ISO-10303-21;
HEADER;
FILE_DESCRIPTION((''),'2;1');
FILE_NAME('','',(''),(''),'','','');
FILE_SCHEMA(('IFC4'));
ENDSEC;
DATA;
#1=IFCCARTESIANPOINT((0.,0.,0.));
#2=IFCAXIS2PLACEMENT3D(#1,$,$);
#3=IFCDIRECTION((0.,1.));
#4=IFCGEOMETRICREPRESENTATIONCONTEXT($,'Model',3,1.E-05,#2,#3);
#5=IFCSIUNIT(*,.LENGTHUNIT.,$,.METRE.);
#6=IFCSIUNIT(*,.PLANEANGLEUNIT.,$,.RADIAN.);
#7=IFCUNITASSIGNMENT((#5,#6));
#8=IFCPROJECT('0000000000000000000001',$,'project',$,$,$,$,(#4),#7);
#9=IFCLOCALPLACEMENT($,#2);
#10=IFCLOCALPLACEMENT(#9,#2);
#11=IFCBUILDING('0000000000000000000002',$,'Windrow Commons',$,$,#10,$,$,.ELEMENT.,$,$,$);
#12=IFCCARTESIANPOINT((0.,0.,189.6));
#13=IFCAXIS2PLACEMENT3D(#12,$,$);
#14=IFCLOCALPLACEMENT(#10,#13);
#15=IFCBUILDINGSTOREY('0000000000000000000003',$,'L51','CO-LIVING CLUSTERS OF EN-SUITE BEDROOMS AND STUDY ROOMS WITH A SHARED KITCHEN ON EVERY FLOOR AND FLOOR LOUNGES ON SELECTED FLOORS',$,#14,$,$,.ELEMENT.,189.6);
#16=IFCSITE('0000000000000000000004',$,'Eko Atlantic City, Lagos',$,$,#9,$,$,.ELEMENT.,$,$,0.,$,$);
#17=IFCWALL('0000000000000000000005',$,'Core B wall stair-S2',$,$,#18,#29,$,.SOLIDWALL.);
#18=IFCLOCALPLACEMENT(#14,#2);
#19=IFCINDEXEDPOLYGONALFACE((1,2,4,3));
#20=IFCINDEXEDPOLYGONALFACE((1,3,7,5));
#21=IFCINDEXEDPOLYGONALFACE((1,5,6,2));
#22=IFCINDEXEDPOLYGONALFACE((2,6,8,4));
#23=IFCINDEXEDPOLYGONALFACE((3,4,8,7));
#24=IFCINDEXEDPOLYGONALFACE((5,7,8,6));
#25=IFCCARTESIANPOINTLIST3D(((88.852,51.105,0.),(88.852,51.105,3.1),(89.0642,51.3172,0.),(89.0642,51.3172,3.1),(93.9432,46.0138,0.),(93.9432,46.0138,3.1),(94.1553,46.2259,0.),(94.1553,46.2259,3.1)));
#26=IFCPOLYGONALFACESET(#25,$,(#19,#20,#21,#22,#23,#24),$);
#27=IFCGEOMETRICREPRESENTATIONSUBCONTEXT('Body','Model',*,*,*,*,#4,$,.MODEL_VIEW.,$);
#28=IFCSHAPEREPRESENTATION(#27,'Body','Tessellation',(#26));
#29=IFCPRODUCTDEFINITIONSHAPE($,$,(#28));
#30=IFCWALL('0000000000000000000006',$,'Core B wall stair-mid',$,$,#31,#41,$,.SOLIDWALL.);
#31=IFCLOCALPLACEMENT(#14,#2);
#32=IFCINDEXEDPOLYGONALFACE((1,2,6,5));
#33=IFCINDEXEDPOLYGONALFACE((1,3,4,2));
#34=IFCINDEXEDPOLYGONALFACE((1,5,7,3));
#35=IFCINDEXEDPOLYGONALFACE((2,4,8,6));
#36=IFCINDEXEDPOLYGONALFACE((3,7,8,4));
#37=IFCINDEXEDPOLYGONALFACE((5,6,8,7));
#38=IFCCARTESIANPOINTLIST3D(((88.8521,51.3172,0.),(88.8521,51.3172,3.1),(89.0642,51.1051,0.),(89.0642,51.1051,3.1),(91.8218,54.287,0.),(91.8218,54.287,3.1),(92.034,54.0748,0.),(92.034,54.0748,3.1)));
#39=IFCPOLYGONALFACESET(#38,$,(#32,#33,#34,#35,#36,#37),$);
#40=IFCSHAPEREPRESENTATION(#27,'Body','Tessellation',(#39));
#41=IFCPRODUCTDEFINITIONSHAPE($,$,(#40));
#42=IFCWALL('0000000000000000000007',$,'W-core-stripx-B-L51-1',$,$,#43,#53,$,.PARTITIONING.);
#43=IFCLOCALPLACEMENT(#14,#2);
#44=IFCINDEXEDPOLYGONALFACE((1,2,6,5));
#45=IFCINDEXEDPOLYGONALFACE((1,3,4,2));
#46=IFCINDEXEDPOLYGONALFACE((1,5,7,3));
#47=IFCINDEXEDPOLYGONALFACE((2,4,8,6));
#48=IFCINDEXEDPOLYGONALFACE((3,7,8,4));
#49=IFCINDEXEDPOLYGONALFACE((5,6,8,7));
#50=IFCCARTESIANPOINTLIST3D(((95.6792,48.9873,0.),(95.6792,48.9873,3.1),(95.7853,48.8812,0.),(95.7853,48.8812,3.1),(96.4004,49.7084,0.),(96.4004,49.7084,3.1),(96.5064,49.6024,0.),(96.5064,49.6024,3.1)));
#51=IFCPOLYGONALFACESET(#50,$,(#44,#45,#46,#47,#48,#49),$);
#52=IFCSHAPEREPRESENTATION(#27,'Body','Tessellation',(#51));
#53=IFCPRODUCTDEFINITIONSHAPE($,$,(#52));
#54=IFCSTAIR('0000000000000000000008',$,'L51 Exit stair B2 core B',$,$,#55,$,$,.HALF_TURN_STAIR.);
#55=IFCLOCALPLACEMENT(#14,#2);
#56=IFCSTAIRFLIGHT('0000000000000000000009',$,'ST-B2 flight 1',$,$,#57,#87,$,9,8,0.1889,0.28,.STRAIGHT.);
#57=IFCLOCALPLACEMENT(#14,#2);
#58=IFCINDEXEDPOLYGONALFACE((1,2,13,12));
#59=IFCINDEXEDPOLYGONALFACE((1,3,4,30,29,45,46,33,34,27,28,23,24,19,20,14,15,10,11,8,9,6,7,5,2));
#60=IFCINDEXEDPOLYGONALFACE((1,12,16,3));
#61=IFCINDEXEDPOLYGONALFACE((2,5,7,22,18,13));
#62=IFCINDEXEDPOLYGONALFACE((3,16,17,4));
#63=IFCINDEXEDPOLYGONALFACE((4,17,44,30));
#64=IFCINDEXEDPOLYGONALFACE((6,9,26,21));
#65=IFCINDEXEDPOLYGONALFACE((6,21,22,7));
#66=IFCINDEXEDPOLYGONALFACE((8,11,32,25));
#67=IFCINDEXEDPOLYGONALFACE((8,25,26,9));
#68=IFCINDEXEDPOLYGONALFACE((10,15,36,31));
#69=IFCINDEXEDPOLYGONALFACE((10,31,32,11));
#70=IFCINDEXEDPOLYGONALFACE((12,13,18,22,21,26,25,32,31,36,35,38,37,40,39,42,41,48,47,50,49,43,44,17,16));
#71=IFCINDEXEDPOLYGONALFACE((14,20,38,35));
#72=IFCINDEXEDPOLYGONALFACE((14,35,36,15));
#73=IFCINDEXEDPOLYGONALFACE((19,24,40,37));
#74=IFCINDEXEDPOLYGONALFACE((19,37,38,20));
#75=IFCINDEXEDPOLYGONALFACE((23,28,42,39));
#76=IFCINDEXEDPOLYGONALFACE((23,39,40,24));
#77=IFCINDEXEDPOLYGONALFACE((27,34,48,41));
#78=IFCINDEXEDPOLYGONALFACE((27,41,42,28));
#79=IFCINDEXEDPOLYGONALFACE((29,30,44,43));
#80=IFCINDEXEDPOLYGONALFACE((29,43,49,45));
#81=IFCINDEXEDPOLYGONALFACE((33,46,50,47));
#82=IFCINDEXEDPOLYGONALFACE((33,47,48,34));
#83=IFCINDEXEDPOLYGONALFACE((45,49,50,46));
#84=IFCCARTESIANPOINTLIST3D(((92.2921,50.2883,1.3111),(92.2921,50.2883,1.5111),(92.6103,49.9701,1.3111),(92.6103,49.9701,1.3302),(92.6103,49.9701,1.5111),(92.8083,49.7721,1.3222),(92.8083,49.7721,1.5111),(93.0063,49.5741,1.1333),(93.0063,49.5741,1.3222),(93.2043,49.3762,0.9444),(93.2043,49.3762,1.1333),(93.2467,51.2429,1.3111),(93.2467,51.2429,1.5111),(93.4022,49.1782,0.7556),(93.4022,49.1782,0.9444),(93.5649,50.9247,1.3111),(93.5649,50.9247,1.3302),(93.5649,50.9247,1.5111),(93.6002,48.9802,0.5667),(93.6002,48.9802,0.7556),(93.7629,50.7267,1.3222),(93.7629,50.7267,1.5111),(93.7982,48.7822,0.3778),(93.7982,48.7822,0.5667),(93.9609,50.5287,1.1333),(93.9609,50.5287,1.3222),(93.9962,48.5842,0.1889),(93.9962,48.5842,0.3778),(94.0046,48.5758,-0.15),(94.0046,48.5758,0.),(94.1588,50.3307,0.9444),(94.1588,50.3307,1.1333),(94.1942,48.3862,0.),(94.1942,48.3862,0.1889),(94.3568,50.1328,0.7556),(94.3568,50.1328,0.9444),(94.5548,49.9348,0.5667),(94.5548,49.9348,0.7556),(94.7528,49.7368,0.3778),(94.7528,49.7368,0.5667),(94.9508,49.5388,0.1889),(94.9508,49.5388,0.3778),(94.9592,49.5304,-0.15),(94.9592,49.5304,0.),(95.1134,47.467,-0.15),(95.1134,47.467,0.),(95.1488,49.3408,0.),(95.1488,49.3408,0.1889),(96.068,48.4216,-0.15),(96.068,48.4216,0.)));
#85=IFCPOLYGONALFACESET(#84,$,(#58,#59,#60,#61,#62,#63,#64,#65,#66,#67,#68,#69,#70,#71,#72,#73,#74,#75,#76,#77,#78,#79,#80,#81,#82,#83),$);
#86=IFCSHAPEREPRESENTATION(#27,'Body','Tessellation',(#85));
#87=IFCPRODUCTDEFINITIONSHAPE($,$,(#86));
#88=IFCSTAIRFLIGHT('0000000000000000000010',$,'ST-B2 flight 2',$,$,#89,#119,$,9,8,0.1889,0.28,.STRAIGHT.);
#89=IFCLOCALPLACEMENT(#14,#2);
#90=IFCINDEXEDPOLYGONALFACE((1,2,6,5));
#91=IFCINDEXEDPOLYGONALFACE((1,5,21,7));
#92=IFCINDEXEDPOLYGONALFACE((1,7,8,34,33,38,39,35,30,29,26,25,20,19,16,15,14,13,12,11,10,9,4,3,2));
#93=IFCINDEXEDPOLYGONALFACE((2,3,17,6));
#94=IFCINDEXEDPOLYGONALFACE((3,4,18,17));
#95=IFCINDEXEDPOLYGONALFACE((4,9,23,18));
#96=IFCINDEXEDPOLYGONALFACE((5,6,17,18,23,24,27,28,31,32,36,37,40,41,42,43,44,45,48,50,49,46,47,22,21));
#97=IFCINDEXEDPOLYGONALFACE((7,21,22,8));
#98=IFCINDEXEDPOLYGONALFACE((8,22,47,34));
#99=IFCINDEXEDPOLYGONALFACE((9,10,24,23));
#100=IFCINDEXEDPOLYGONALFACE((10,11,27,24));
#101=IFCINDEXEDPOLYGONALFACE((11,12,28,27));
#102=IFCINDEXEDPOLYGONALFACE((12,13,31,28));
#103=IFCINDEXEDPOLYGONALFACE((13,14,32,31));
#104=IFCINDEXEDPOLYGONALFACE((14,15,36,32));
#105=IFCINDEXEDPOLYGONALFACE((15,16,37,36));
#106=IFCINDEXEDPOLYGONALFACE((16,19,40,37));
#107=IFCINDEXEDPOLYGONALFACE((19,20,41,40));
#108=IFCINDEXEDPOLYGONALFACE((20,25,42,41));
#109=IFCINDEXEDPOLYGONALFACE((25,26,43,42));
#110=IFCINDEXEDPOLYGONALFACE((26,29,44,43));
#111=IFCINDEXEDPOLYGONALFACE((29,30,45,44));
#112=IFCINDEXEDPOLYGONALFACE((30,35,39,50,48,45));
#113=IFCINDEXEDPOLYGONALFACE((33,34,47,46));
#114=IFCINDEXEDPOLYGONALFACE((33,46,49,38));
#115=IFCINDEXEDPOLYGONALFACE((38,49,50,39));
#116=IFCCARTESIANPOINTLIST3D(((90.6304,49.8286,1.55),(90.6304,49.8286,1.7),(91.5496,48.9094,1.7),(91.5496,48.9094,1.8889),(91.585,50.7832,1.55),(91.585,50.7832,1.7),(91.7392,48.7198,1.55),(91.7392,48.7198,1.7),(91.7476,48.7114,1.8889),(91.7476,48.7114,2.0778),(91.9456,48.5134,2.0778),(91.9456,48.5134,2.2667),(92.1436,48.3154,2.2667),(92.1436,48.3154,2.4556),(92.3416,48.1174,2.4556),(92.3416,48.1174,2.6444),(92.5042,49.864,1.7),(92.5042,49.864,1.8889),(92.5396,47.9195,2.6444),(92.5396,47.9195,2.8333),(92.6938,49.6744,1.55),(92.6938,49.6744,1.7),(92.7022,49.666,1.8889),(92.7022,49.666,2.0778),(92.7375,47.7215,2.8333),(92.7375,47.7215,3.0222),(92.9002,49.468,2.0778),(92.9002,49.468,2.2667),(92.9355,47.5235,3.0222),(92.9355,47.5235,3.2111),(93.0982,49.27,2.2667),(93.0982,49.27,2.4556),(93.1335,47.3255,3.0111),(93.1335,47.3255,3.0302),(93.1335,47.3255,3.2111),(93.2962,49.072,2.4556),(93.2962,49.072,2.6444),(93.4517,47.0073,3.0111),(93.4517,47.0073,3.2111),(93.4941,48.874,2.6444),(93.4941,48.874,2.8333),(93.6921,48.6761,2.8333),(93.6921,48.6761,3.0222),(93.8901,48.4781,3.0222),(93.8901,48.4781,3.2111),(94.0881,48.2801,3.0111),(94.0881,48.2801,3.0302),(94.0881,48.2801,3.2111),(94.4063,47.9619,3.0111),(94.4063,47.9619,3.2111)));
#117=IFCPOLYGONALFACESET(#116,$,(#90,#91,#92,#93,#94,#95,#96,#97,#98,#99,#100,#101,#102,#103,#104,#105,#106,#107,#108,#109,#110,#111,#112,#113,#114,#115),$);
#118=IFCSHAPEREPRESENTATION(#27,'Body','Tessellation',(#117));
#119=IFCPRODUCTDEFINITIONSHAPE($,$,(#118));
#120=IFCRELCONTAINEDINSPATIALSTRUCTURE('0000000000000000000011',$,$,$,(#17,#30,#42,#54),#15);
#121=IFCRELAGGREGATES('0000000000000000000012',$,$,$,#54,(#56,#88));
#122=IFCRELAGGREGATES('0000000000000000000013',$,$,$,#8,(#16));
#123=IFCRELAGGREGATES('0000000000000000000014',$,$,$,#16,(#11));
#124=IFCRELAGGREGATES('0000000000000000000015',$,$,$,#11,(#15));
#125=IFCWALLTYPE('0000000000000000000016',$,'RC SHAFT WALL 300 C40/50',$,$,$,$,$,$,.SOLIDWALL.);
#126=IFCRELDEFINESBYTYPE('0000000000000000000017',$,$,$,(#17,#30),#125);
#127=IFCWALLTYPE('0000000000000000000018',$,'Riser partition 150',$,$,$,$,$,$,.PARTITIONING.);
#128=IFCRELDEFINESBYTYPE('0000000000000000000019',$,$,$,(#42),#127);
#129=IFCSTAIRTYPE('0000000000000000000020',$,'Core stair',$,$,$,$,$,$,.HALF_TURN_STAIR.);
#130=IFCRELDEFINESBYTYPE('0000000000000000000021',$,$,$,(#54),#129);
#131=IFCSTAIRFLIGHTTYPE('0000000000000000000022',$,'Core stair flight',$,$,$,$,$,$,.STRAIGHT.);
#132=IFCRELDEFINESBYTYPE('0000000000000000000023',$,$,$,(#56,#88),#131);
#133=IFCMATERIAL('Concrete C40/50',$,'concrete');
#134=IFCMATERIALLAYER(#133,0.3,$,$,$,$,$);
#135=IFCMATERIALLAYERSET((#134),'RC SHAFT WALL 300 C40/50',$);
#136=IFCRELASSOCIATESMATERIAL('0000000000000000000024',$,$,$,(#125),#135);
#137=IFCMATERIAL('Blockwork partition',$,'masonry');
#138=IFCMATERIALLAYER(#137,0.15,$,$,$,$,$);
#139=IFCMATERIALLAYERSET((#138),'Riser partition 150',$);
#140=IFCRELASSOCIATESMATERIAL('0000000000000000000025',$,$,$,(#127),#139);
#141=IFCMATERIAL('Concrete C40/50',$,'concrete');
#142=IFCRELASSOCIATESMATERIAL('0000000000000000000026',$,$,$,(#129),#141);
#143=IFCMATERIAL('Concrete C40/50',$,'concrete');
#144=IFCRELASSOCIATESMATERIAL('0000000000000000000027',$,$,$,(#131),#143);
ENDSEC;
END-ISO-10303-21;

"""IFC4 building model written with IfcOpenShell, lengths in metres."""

from ifc_helpers import new_model, si_unit, direction, frame, frame_2d, origin, place, context, subcontext, project, spatial, polyline, rectangle, outline, extrude, material, layer, layer_set, type_object, element, aggregate, save


model = new_model("IFC4")

# Units and contexts
model_context = context("Model", 3, precision=1e-05, world=origin(), true_north=direction((0.0, 1.0)))
body_context = subcontext(model_context, "Body", "Model", "MODEL_VIEW")
ifc_project = project(units=[si_unit("LENGTHUNIT", "METRE"), si_unit("PLANEANGLEUNIT", "RADIAN")], contexts=[model_context])

# Site, building, storey
site_placement = place(None, origin())
site = spatial("IfcSite", under=ifc_project, at=site_placement, Name="Eko Atlantic City, Lagos", CompositionType="ELEMENT", RefElevation=0.0)
building_placement = place(site_placement, origin())
building = spatial("IfcBuilding", under=site, at=building_placement, Name="Windrow Commons", CompositionType="ELEMENT")
storey_placement = place(building_placement, frame((0.0, 0.0, 189.6)))
storey = spatial("IfcBuildingStorey", under=building, at=storey_placement, Name="L51", Description="CO-LIVING CLUSTERS OF EN-SUITE BEDROOMS AND STUDY ROOMS WITH A SHARED KITCHEN ON EVERY FLOOR AND FLOOR LOUNGES ON SELECTED FLOORS", CompositionType="ELEMENT", Elevation=189.6)

# Walls
ifc_material_1 = material(Name="Concrete C40/50", Category="concrete")
ifc_layer_1 = layer(ifc_material_1, 0.3)
ifc_layer_set_1 = layer_set([ifc_layer_1], Name="RC SHAFT WALL 300 C40/50")
wall_type_1 = type_object("IfcWallType", Name="RC SHAFT WALL 300 C40/50", PredefinedType="SOLIDWALL", material=ifc_layer_set_1)
wall_1_placement = place(storey_placement, frame((88.9581, 51.2111, 0.0), z_axis=(0.0, 0.0, 1.0), x_axis=(0.7071, -0.707114, 0.0)))
element("IfcWall", 1, at=wall_1_placement, inside=storey, type_object=wall_type_1, Name="Core B wall stair-S2", PredefinedType="SOLIDWALL", context=body_context, shape_type="SweptSolid", body=[
    extrude(rectangle(XDim=7.2, YDim=0.3, at=frame_2d((3.6, 0.0))), origin(), (0.0, 0.0, 1.0), 3.1),
])
wall_2_placement = place(storey_placement, frame((88.9581, 51.2111, 0.0), z_axis=(0.0, 0.0, 1.0), x_axis=(0.707107, 0.707107, 0.0)))
element("IfcWall", 2, at=wall_2_placement, inside=storey, type_object=wall_type_1, Name="Core B wall stair-mid", PredefinedType="SOLIDWALL", context=body_context, shape_type="SweptSolid", body=[
    extrude(rectangle(XDim=4.1999, YDim=0.3, at=frame_2d((2.1, 0.0))), origin(), (0.0, 0.0, 1.0), 3.1),
])
ifc_material_2 = material(Name="Blockwork partition", Category="masonry")
ifc_layer_2 = layer(ifc_material_2, 0.15)
ifc_layer_set_2 = layer_set([ifc_layer_2], Name="Riser partition 150")
wall_type_2 = type_object("IfcWallType", Name="Riser partition 150", PredefinedType="PARTITIONING", material=ifc_layer_set_2)
wall_3_placement = place(storey_placement, frame((95.7322, 48.9342, 0.0), z_axis=(0.0, 0.0, 1.0), x_axis=(0.707107, 0.707107, 0.0)))
element("IfcWall", 3, at=wall_3_placement, inside=storey, type_object=wall_type_2, Name="W-core-stripx-B-L51-1", PredefinedType="PARTITIONING", context=body_context, shape_type="SweptSolid", body=[
    extrude(rectangle(XDim=1.0199, YDim=0.15, at=frame_2d((0.51, 0.0))), origin(), (0.0, 0.0, 1.0), 3.1),
])

# Stair, stair flights
ifc_material_3 = material(Name="Concrete C40/50", Category="concrete")
stair_type = type_object("IfcStairType", Name="Core stair", PredefinedType="HALF_TURN_STAIR", material=ifc_material_3)
stair_placement = place(storey_placement, origin())
stair = element("IfcStair", 4, at=stair_placement, inside=storey, type_object=stair_type, Name="L51 Exit stair B2 core B", PredefinedType="HALF_TURN_STAIR")
ifc_material_4 = material(Name="Concrete C40/50", Category="concrete")
stair_flight_type = type_object("IfcStairFlightType", Name="Core stair flight", PredefinedType="STRAIGHT", material=ifc_material_4)
stair_flight_1_placement = place(storey_placement, frame((94.6715, 48.8635, 0.0), z_axis=(0.0, 0.0, 1.0), x_axis=(-0.707107, 0.707107, 0.0)))
stair_flight_1 = element("IfcStairFlight", 5, at=stair_flight_1_placement, type_object=stair_flight_type, Name="ST-B2 flight 1", NumberOfRisers=9, NumberOfTreads=8, PredefinedType="STRAIGHT", RiserHeight=0.1889, TreadLength=0.28, context=body_context, shape_type="SweptSolid", body=[
    extrude(outline(polyline([(-1.3, -0.15), (-1.3, 0.0), (0.0, 0.0), (0.0, 0.1889), (0.28, 0.1889), (0.28, 0.3778), (0.56, 0.3778), (0.56, 0.5667), (0.84, 0.5667), (0.84, 0.7556), (1.12, 0.7556), (1.12, 0.9444), (1.4, 0.9444), (1.4, 1.1333), (1.68, 1.1333), (1.68, 1.3222), (1.96, 1.3222), (1.96, 1.5111), (2.24, 1.5111), (2.69, 1.5111), (2.69, 1.3111), (2.24, 1.3111), (2.24, 1.3302), (0.2682, 0.0), (0.2682, -0.15), (-1.3, -0.15)])), frame((0.0, 0.675, 0.0), z_axis=(0.0, -1.0, 0.0), x_axis=(1.0, 0.0, 0.0)), (0.0, 0.0, 1.0), 1.35),
])
stair_flight_2_placement = place(storey_placement, frame((92.0269, 49.3867, 1.7), z_axis=(0.0, 0.0, 1.0), x_axis=(0.707107, -0.707107, 0.0)))
stair_flight_2 = element("IfcStairFlight", 6, at=stair_flight_2_placement, type_object=stair_flight_type, Name="ST-B2 flight 2", NumberOfRisers=9, NumberOfTreads=8, PredefinedType="STRAIGHT", RiserHeight=0.1889, TreadLength=0.28, context=body_context, shape_type="SweptSolid", body=[
    extrude(outline(polyline([(-1.3, -0.15), (-1.3, 0.0), (0.0, 0.0), (0.0, 0.1889), (0.28, 0.1889), (0.28, 0.3778), (0.56, 0.3778), (0.56, 0.5667), (0.84, 0.5667), (0.84, 0.7556), (1.12, 0.7556), (1.12, 0.9444), (1.4, 0.9444), (1.4, 1.1333), (1.68, 1.1333), (1.68, 1.3222), (1.96, 1.3222), (1.96, 1.5111), (2.24, 1.5111), (2.69, 1.5111), (2.69, 1.3111), (2.24, 1.3111), (2.24, 1.3302), (0.2682, 0.0), (0.2682, -0.15), (-1.3, -0.15)])), frame((0.0, 0.675, 0.0), z_axis=(0.0, -1.0, 0.0), x_axis=(1.0, 0.0, 0.0)), (0.0, 0.0, 1.0), 1.35),
])
aggregate(stair, [stair_flight_1, stair_flight_2])

save(model, "model.ifc")
